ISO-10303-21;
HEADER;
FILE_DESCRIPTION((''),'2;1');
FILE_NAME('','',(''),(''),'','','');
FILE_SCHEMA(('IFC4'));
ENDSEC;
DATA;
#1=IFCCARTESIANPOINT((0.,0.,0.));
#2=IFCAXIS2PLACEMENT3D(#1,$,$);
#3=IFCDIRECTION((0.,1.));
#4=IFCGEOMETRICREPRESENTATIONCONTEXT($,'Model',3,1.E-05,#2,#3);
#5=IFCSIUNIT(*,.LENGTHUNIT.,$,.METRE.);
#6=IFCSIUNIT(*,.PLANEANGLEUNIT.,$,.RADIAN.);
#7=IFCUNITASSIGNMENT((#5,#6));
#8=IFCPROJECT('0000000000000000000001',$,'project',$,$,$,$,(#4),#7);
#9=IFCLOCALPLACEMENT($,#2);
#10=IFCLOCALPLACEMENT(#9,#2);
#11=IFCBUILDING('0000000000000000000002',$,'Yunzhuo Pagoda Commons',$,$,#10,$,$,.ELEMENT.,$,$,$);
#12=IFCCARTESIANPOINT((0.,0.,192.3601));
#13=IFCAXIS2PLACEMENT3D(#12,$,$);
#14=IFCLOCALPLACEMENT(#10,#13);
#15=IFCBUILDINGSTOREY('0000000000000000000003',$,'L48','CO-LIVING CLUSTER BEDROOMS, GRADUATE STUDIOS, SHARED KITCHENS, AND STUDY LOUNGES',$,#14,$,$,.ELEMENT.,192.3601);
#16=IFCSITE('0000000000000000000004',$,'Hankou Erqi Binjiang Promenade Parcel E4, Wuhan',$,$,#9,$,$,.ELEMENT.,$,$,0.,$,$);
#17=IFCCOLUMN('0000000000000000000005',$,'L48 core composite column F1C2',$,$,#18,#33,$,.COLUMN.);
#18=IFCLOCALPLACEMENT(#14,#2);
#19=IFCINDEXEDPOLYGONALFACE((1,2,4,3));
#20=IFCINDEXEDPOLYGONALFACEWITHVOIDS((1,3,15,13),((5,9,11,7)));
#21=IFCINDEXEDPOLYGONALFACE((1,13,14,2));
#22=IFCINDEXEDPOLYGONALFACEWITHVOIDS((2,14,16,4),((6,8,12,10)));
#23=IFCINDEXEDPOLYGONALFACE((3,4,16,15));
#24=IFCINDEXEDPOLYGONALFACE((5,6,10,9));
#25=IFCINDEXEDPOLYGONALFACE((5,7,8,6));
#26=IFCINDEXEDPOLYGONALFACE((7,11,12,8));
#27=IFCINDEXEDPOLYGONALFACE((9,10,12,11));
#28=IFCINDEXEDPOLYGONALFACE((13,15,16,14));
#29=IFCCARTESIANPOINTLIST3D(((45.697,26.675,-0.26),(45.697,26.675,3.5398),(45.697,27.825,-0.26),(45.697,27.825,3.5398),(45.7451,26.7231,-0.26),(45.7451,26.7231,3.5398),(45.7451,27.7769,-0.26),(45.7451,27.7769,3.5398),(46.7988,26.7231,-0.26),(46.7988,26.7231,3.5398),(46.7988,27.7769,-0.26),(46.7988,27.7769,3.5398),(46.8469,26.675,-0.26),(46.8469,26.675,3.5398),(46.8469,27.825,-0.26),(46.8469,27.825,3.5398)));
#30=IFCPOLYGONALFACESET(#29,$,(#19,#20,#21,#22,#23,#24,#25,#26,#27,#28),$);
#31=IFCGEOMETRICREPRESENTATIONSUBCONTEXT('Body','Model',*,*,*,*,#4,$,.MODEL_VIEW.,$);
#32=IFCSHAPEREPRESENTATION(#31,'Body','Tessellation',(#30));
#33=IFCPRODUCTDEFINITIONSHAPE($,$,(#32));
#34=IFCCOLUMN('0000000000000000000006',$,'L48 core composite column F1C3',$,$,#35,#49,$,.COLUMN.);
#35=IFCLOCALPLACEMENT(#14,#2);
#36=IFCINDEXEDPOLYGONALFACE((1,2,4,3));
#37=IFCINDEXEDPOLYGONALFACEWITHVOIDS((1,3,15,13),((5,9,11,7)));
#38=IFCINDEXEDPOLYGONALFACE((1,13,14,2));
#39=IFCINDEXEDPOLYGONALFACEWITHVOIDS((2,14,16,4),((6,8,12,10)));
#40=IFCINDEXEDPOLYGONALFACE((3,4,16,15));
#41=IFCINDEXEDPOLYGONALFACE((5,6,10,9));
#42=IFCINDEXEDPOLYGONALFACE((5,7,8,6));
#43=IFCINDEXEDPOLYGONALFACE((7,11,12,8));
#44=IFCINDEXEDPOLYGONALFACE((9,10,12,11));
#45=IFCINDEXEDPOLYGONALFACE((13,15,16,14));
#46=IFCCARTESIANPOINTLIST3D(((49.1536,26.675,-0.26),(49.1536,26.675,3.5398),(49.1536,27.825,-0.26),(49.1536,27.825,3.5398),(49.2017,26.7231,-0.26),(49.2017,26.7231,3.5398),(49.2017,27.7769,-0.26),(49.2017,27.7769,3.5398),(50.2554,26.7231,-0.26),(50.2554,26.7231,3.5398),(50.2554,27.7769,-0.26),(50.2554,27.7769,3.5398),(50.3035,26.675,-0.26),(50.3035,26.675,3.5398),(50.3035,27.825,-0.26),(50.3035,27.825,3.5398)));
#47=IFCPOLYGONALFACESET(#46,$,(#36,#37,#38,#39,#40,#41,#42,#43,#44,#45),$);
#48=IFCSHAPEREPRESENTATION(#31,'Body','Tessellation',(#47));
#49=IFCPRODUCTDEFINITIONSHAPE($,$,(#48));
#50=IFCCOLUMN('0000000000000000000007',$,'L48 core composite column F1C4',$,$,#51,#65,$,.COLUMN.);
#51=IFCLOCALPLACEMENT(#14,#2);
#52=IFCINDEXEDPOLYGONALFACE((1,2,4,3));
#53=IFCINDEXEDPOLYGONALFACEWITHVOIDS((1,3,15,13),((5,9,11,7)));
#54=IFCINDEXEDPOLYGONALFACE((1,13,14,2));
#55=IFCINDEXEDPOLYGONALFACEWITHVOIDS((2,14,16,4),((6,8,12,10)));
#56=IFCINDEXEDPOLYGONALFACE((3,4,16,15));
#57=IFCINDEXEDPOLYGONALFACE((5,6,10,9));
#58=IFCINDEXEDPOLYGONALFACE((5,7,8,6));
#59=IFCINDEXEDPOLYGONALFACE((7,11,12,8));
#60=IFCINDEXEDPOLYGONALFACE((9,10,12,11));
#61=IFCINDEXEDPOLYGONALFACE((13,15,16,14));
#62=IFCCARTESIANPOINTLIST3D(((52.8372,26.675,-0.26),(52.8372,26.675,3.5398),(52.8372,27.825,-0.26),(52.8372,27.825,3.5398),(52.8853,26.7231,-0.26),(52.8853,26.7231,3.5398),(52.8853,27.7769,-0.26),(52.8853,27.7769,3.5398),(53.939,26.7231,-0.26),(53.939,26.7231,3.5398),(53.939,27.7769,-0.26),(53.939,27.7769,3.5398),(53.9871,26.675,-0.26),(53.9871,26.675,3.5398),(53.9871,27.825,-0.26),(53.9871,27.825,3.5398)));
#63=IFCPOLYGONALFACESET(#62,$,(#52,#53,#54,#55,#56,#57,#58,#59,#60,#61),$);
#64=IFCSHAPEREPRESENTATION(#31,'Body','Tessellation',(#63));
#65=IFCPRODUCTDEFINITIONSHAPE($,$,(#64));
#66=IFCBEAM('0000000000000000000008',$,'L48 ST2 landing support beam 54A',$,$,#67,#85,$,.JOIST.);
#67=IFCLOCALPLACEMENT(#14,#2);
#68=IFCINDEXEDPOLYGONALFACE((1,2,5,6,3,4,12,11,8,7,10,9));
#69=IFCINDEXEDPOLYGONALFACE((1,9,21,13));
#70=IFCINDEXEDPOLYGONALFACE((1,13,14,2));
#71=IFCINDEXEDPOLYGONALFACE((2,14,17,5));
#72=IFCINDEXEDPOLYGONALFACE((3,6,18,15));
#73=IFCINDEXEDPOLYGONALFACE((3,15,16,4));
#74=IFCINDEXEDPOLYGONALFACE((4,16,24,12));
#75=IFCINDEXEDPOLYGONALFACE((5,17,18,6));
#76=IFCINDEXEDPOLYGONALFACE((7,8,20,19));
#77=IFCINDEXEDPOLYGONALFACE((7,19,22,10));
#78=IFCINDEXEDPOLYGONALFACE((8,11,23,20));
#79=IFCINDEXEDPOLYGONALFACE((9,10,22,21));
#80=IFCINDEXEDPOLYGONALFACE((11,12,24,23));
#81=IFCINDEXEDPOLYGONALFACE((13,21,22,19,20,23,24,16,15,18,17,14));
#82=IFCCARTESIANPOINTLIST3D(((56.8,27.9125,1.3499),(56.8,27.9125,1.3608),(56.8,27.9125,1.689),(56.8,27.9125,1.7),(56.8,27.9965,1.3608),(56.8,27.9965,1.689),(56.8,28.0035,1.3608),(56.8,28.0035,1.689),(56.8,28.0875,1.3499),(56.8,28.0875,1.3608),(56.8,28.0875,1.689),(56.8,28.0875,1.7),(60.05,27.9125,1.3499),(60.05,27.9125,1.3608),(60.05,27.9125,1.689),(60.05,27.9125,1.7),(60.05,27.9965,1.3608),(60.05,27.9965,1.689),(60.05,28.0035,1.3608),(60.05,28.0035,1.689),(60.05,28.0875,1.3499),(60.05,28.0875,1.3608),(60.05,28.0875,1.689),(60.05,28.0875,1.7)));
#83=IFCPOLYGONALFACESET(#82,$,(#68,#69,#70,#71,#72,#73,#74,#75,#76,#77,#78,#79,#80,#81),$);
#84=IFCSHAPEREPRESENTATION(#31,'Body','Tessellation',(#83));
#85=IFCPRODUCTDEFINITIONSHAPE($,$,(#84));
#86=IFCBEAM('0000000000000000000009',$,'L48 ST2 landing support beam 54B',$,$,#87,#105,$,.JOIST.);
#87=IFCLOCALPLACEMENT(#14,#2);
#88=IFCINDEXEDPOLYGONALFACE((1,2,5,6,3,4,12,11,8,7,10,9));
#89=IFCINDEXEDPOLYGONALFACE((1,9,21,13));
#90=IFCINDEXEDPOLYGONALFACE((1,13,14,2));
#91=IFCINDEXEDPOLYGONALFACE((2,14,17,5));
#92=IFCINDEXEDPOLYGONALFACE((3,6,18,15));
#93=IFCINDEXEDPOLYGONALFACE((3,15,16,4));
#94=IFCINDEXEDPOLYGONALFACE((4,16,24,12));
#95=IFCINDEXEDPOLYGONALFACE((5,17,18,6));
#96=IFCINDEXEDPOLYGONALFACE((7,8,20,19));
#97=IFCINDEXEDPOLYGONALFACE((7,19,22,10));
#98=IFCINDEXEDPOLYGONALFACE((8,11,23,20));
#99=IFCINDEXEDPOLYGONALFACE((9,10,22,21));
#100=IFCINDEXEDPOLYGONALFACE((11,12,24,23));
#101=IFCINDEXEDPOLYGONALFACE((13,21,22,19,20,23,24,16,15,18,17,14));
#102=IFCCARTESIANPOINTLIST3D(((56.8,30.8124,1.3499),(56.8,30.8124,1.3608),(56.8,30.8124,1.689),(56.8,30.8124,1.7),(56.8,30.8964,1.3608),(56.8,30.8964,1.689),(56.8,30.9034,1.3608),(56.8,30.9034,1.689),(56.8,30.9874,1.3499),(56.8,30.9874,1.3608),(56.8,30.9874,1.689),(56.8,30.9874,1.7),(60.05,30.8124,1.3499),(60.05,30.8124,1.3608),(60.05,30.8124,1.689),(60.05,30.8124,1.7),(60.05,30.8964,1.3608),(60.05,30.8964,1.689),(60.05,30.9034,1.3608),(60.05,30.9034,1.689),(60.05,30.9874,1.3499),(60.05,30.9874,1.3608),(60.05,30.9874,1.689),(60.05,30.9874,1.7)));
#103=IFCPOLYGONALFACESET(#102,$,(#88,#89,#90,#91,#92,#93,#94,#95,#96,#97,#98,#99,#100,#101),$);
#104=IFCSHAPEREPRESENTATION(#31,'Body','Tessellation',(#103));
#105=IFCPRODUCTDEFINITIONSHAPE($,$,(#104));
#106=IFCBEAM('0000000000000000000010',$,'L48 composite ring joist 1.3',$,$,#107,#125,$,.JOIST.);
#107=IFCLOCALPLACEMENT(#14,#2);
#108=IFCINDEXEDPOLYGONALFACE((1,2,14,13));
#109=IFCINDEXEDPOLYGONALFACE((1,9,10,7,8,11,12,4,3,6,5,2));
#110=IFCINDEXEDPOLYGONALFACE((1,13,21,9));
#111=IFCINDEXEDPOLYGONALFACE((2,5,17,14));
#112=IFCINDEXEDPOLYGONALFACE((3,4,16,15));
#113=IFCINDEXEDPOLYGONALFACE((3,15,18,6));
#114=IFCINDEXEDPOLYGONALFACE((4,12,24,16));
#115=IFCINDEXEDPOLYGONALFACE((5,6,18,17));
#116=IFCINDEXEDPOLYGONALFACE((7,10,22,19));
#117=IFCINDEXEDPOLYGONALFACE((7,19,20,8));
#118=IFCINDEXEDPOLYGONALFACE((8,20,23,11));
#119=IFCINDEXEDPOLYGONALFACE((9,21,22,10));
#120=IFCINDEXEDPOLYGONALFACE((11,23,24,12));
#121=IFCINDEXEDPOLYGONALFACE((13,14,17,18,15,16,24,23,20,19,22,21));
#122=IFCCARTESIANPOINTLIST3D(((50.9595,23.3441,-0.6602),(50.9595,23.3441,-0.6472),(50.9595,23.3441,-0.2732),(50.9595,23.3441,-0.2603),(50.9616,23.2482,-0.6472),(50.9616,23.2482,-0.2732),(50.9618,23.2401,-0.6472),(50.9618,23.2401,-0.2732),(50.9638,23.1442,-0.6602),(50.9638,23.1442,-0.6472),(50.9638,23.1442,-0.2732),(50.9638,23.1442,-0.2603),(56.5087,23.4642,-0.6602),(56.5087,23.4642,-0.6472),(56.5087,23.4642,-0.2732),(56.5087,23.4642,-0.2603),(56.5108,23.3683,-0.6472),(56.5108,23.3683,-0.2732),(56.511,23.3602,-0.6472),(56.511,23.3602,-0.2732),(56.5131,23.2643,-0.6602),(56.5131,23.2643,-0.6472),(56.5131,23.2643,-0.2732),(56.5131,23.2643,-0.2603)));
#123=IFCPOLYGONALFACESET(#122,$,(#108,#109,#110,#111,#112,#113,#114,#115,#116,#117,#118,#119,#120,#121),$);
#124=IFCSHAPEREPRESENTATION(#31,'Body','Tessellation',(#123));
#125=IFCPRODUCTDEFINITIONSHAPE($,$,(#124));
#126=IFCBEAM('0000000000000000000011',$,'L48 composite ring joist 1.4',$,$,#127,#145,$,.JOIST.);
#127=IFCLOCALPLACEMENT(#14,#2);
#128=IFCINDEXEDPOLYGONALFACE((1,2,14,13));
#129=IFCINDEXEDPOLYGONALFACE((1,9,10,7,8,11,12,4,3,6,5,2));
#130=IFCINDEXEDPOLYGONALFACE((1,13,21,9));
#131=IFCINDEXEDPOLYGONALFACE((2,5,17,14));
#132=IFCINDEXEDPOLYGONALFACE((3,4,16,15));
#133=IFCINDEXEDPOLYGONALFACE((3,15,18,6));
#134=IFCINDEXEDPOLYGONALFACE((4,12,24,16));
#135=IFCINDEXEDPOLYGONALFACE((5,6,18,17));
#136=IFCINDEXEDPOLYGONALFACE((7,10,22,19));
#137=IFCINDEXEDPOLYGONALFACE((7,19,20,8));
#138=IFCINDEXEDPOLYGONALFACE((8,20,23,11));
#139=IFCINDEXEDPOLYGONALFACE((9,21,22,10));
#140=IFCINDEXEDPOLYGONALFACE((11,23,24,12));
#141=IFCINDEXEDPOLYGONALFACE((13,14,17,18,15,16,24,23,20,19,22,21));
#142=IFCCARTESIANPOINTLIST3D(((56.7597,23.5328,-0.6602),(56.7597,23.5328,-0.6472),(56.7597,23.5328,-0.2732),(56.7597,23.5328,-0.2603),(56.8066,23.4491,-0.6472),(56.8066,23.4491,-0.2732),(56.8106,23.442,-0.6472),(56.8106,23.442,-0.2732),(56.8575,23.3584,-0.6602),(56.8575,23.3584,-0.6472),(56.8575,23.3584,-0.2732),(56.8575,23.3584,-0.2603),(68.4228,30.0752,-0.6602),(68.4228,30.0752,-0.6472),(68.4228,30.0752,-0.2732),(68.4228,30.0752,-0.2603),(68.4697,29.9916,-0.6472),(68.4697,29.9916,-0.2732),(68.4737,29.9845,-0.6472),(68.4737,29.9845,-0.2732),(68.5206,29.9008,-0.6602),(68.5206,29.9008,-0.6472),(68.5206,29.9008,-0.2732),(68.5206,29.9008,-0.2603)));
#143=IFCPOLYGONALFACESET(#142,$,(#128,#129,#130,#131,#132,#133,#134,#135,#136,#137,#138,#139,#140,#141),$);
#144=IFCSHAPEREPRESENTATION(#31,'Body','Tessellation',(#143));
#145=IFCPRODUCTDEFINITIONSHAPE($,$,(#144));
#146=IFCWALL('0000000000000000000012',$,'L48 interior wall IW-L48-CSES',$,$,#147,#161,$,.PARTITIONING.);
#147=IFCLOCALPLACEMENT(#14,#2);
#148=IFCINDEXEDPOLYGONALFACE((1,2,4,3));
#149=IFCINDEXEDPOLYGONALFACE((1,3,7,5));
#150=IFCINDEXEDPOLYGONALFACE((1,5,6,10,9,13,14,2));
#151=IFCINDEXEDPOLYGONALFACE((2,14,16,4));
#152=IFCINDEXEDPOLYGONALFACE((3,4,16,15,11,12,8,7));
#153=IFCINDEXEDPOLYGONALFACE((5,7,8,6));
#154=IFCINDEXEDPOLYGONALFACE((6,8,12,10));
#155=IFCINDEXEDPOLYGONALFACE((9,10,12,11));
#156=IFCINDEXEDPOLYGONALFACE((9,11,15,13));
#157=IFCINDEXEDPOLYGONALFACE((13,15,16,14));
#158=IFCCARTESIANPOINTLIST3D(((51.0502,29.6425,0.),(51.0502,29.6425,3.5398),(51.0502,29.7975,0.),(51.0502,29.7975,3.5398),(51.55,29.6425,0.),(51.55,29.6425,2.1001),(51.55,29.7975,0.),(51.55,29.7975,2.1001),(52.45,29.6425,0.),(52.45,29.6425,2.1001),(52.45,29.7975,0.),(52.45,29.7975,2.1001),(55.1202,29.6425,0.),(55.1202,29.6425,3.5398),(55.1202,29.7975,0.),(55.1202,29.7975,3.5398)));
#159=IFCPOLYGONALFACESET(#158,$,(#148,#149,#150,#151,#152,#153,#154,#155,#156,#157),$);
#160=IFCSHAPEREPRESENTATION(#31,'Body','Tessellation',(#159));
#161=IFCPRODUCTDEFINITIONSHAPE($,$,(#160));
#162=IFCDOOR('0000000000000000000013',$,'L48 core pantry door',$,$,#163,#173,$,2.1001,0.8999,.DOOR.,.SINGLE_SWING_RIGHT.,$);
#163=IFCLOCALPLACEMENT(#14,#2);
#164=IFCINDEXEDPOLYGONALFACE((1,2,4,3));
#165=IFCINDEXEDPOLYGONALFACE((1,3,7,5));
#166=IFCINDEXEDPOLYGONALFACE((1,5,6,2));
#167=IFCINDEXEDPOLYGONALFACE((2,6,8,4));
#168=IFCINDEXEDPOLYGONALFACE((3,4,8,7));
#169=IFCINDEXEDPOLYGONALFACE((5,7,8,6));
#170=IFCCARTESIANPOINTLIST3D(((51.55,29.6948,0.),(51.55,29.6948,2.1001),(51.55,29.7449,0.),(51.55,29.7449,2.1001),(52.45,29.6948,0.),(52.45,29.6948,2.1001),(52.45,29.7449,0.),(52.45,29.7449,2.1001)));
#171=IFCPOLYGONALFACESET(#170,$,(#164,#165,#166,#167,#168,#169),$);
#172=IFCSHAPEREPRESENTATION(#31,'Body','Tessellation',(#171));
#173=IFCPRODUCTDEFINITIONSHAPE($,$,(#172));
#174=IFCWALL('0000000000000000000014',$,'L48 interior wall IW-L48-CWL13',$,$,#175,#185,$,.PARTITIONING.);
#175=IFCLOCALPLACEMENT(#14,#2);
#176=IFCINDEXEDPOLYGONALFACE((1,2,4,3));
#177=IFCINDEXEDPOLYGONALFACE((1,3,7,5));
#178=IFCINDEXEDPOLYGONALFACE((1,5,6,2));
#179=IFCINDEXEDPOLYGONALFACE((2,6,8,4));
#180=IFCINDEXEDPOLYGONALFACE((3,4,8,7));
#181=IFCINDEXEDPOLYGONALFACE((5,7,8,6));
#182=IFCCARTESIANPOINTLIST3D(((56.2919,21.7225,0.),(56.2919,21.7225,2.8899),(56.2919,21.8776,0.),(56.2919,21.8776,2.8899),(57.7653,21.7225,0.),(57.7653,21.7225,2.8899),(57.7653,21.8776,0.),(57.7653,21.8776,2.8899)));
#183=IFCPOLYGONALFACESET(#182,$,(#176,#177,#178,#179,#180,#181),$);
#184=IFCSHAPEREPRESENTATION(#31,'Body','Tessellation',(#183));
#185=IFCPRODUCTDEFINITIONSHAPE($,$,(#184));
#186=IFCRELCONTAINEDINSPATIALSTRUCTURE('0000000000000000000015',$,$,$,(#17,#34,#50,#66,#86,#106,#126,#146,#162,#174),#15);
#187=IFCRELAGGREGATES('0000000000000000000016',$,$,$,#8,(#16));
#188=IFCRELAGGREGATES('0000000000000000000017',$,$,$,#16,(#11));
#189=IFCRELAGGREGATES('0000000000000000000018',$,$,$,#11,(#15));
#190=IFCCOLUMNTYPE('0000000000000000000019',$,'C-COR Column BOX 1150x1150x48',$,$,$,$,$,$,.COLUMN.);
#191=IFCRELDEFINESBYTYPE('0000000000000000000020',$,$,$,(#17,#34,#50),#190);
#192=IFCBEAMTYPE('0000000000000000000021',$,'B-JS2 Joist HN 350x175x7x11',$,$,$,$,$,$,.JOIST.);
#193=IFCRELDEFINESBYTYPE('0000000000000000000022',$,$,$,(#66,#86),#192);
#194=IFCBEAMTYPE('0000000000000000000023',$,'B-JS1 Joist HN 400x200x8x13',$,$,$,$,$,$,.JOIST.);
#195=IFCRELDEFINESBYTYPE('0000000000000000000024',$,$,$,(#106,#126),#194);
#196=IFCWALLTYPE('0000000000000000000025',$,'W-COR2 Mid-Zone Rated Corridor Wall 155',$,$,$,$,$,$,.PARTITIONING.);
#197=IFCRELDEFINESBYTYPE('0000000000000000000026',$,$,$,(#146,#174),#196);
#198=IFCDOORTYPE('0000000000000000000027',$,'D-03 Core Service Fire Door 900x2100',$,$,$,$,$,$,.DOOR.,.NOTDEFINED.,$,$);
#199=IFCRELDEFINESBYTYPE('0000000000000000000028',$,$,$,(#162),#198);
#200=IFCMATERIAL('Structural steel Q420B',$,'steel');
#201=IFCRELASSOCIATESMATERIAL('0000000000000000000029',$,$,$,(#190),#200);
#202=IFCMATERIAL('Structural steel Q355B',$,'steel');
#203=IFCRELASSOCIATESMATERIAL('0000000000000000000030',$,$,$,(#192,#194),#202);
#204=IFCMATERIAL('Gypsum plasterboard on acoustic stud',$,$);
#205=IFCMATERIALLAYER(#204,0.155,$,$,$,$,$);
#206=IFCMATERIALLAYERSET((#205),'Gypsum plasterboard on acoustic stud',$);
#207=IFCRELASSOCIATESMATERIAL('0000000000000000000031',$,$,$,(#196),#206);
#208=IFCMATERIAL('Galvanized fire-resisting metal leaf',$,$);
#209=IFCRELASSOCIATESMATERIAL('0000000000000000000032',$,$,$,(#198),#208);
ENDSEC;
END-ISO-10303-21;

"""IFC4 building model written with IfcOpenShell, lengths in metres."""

from ifc_helpers import new_model, si_unit, direction, frame, frame_2d, origin, origin_with_axes, origin_2d, place, context, subcontext, project, spatial, rectangle, hollow_rectangle, i_section, extrude, source, transform, mapped, material, layer, layer_set, material_profile, profile_set, type_object, element, fill, save


model = new_model("IFC4")

# Units and contexts
model_context = context("Model", 3, precision=1e-05, world=origin(), true_north=direction((0.0, 1.0)))
body_context = subcontext(model_context, "Body", "Model", "MODEL_VIEW")
ifc_project = project(units=[si_unit("LENGTHUNIT", "METRE"), si_unit("PLANEANGLEUNIT", "RADIAN")], contexts=[model_context])

# Site, building, storey
site_placement = place(None, origin())
site = spatial("IfcSite", under=ifc_project, at=site_placement, Name="Hankou Erqi Binjiang Promenade Parcel E4, Wuhan", CompositionType="ELEMENT", RefElevation=0.0)
building_placement = place(site_placement, origin())
building = spatial("IfcBuilding", under=site, at=building_placement, Name="Yunzhuo Pagoda Commons", CompositionType="ELEMENT")
storey_placement = place(building_placement, frame((0.0, 0.0, 192.3601)))
storey = spatial("IfcBuildingStorey", under=building, at=storey_placement, Name="L48", Description="CO-LIVING CLUSTER BEDROOMS, GRADUATE STUDIOS, SHARED KITCHENS, AND STUDY LOUNGES", CompositionType="ELEMENT", Elevation=192.3601)

# Columns
ifc_material_1 = material(Name="Structural steel Q420B", Category="steel")
ifc_material_profile_1 = material_profile(ifc_material_1, hollow_rectangle(XDim=1.1499, YDim=1.1499, WallThickness=0.0481, at=origin_2d()), Name="Structural steel Q420B")
ifc_profile_set_1 = profile_set([ifc_material_profile_1], Name="Structural steel Q420B")
column_type = type_object("IfcColumnType", Name="C-COR Column BOX 1150x1150x48", PredefinedType="COLUMN", material=ifc_profile_set_1)
shared_shape_1 = source(origin(), body_context, "Body", "SweptSolid", [
    extrude(hollow_rectangle(XDim=1.1499, YDim=1.1499, WallThickness=0.0481, at=origin_2d()), origin(), (0.0, 0.0, 1.0), 3.7998),
])
for number, where, z_axis, x_axis, name in (
    (1, (46.272, 27.25, -0.26), (0.0, 0.0, 1.0), (1.0, 0.0, 0.0), "L48 core composite column F1C2"),
    (2, (49.7285, 27.25, -0.26), (0.0, 0.0, 1.0), (1.0, 0.0, 0.0), "L48 core composite column F1C3"),
    (3, (53.4121, 27.25, -0.26), (0.0, 0.0, 1.0), (1.0, 0.0, 0.0), "L48 core composite column F1C4"),
):
    element("IfcColumn", number, at=place(storey_placement, frame(where, z_axis=z_axis, x_axis=x_axis)), inside=storey, type_object=column_type, Name=name, PredefinedType="COLUMN", context=body_context, shape_type="MappedRepresentation", body=[
        mapped(shared_shape_1, transform((0.0, 0.0, 0.0), scale=1.0)),
    ])

# Beams
ifc_material_2 = material(Name="Structural steel Q355B", Category="steel")
ifc_material_profile_2 = material_profile(ifc_material_2, i_section(OverallWidth=0.175, OverallDepth=0.3501, WebThickness=0.0071, FlangeThickness=0.011, at=origin_2d()), Name="Structural steel Q355B")
ifc_profile_set_2 = profile_set([ifc_material_profile_2], Name="Structural steel Q355B")
beam_type_1 = type_object("IfcBeamType", Name="B-JS2 Joist HN 350x175x7x11", PredefinedType="JOIST", material=ifc_profile_set_2)
shared_shape_2 = source(origin(), body_context, "Body", "SweptSolid", [
    extrude(i_section(OverallWidth=0.175, OverallDepth=0.3501, WebThickness=0.0071, FlangeThickness=0.011, at=origin_2d()), origin(), (0.0, 0.0, 1.0), 3.25),
])
for number, where, z_axis, x_axis, name in (
    (4, (56.8, 28.0, 1.5249), (1.0, 0.0, 0.0), (0.0, 1.0, 0.0), "L48 ST2 landing support beam 54A"),
    (5, (56.8, 30.8999, 1.5249), (1.0, 0.0, 0.0), (0.0, 1.0, 0.0), "L48 ST2 landing support beam 54B"),
):
    element("IfcBeam", number, at=place(storey_placement, frame(where, z_axis=z_axis, x_axis=x_axis)), inside=storey, type_object=beam_type_1, Name=name, PredefinedType="JOIST", context=body_context, shape_type="MappedRepresentation", body=[
        mapped(shared_shape_2, transform((0.0, 0.0, 0.0), scale=1.0)),
    ])
ifc_material_profile_3 = material_profile(ifc_material_2, i_section(OverallWidth=0.2, OverallDepth=0.3999, WebThickness=0.0081, FlangeThickness=0.0129, at=origin_2d()), Name="Structural steel Q355B")
ifc_profile_set_3 = profile_set([ifc_material_profile_3], Name="Structural steel Q355B")
beam_type_2 = type_object("IfcBeamType", Name="B-JS1 Joist HN 400x200x8x13", PredefinedType="JOIST", material=ifc_profile_set_3)
shared_shape_3 = source(origin(), body_context, "Body", "SweptSolid", [
    extrude(i_section(OverallWidth=0.2, OverallDepth=0.3999, WebThickness=0.0081, FlangeThickness=0.0129, at=origin_2d()), origin(), (0.0, 0.0, 1.0), 5.5505),
])
beam_1_placement = place(storey_placement, frame((50.9617, 23.2441, -0.4602), z_axis=(0.999766, 0.02164, 0.0), x_axis=(-0.02164, 0.999766, 0.0)))
element("IfcBeam", 6, at=beam_1_placement, inside=storey, type_object=beam_type_2, Name="L48 composite ring joist 1.3", PredefinedType="JOIST", context=body_context, shape_type="MappedRepresentation", body=[
    mapped(shared_shape_3, transform((0.0, 0.0, 0.0), scale=1.0)),
])
shared_shape_4 = source(origin(), body_context, "Body", "SweptSolid", [
    extrude(i_section(OverallWidth=0.2, OverallDepth=0.3999, WebThickness=0.0081, FlangeThickness=0.0129, at=origin_2d()), origin(), (0.0, 0.0, 1.0), 13.3728),
])
beam_2_placement = place(storey_placement, frame((56.8086, 23.4456, -0.4602), z_axis=(0.87215, 0.489238, 0.0), x_axis=(-0.489238, 0.87215, 0.0)))
element("IfcBeam", 7, at=beam_2_placement, inside=storey, type_object=beam_type_2, Name="L48 composite ring joist 1.4", PredefinedType="JOIST", context=body_context, shape_type="MappedRepresentation", body=[
    mapped(shared_shape_4, transform((0.0, 0.0, 0.0), scale=1.0)),
])

# Wall, opening, door
ifc_material_3 = material(Name="Gypsum plasterboard on acoustic stud")
ifc_layer_1 = layer(ifc_material_3, 0.155)
ifc_layer_set_1 = layer_set([ifc_layer_1], Name="Gypsum plasterboard on acoustic stud")
wall_type_1 = type_object("IfcWallType", Name="W-COR2 Mid-Zone Rated Corridor Wall 155", PredefinedType="PARTITIONING", material=ifc_layer_set_1)
wall_1_placement = place(storey_placement, frame((51.05, 29.72, 0.0), z_axis=(0.0, 0.0, 1.0), x_axis=(1.0, 0.0, 0.0)))
wall_1 = element("IfcWall", 8, at=wall_1_placement, inside=storey, type_object=wall_type_1, Name="L48 interior wall IW-L48-CSES", PredefinedType="PARTITIONING", context=body_context, shape_type="SweptSolid", body=[
    extrude(rectangle(XDim=4.0701, YDim=0.155, at=frame_2d((2.0352, 0.0))), origin(), (0.0, 0.0, 1.0), 3.5398),
])
opening_1_placement = place(wall_1_placement, frame((0.5, 0.0, 0.0)))
opening_1 = element("IfcOpeningElement", 9, at=opening_1_placement, cuts=wall_1, PredefinedType="OPENING", context=body_context, shape_type="SweptSolid", body=[
    extrude(rectangle(XDim=0.8999, YDim=2.1001, at=frame_2d((0.45, 1.05))), frame((0.0, 0.0874, 0.0), z_axis=(0.0, -1.0, 0.0), x_axis=(1.0, 0.0, 0.0)), (0.0, 0.0, 1.0), 0.175),
])
ifc_material_4 = material(Name="Galvanized fire-resisting metal leaf")
door_type_1 = type_object("IfcDoorType", Name="D-03 Core Service Fire Door 900x2100", OperationType="NOTDEFINED", PredefinedType="DOOR", material=ifc_material_4)
shared_shape_5 = source(origin(), body_context, "Body", "SweptSolid", [
    extrude(rectangle(XDim=0.8999, YDim=2.1001, at=frame_2d((0.45, 1.05))), frame((0.0, 0.0249, 0.0), z_axis=(0.0, -1.0, 0.0), x_axis=(1.0, 0.0, 0.0)), (0.0, 0.0, 1.0), 0.05),
])
door_1_placement = place(opening_1_placement, origin_with_axes())
door_1 = element("IfcDoor", 10, at=door_1_placement, inside=storey, type_object=door_type_1, Name="L48 core pantry door", OperationType="SINGLE_SWING_RIGHT", OverallHeight=2.1001, OverallWidth=0.8999, PredefinedType="DOOR", context=body_context, shape_type="MappedRepresentation", body=[
    mapped(shared_shape_5, transform((0.0, 0.0, 0.0), scale=1.0)),
])
fill(opening_1, door_1)

# Wall
wall_2_placement = place(storey_placement, frame((57.7654, 21.8, 0.0), z_axis=(0.0, 0.0, 1.0), x_axis=(-1.0, 0.0, 0.0)))
element("IfcWall", 11, at=wall_2_placement, inside=storey, type_object=wall_type_1, Name="L48 interior wall IW-L48-CWL13", PredefinedType="PARTITIONING", context=body_context, shape_type="SweptSolid", body=[
    extrude(rectangle(XDim=1.4734, YDim=0.155, at=frame_2d((0.7368, 0.0))), origin(), (0.0, 0.0, 1.0), 2.8899),
])

save(model, "model.ifc")
